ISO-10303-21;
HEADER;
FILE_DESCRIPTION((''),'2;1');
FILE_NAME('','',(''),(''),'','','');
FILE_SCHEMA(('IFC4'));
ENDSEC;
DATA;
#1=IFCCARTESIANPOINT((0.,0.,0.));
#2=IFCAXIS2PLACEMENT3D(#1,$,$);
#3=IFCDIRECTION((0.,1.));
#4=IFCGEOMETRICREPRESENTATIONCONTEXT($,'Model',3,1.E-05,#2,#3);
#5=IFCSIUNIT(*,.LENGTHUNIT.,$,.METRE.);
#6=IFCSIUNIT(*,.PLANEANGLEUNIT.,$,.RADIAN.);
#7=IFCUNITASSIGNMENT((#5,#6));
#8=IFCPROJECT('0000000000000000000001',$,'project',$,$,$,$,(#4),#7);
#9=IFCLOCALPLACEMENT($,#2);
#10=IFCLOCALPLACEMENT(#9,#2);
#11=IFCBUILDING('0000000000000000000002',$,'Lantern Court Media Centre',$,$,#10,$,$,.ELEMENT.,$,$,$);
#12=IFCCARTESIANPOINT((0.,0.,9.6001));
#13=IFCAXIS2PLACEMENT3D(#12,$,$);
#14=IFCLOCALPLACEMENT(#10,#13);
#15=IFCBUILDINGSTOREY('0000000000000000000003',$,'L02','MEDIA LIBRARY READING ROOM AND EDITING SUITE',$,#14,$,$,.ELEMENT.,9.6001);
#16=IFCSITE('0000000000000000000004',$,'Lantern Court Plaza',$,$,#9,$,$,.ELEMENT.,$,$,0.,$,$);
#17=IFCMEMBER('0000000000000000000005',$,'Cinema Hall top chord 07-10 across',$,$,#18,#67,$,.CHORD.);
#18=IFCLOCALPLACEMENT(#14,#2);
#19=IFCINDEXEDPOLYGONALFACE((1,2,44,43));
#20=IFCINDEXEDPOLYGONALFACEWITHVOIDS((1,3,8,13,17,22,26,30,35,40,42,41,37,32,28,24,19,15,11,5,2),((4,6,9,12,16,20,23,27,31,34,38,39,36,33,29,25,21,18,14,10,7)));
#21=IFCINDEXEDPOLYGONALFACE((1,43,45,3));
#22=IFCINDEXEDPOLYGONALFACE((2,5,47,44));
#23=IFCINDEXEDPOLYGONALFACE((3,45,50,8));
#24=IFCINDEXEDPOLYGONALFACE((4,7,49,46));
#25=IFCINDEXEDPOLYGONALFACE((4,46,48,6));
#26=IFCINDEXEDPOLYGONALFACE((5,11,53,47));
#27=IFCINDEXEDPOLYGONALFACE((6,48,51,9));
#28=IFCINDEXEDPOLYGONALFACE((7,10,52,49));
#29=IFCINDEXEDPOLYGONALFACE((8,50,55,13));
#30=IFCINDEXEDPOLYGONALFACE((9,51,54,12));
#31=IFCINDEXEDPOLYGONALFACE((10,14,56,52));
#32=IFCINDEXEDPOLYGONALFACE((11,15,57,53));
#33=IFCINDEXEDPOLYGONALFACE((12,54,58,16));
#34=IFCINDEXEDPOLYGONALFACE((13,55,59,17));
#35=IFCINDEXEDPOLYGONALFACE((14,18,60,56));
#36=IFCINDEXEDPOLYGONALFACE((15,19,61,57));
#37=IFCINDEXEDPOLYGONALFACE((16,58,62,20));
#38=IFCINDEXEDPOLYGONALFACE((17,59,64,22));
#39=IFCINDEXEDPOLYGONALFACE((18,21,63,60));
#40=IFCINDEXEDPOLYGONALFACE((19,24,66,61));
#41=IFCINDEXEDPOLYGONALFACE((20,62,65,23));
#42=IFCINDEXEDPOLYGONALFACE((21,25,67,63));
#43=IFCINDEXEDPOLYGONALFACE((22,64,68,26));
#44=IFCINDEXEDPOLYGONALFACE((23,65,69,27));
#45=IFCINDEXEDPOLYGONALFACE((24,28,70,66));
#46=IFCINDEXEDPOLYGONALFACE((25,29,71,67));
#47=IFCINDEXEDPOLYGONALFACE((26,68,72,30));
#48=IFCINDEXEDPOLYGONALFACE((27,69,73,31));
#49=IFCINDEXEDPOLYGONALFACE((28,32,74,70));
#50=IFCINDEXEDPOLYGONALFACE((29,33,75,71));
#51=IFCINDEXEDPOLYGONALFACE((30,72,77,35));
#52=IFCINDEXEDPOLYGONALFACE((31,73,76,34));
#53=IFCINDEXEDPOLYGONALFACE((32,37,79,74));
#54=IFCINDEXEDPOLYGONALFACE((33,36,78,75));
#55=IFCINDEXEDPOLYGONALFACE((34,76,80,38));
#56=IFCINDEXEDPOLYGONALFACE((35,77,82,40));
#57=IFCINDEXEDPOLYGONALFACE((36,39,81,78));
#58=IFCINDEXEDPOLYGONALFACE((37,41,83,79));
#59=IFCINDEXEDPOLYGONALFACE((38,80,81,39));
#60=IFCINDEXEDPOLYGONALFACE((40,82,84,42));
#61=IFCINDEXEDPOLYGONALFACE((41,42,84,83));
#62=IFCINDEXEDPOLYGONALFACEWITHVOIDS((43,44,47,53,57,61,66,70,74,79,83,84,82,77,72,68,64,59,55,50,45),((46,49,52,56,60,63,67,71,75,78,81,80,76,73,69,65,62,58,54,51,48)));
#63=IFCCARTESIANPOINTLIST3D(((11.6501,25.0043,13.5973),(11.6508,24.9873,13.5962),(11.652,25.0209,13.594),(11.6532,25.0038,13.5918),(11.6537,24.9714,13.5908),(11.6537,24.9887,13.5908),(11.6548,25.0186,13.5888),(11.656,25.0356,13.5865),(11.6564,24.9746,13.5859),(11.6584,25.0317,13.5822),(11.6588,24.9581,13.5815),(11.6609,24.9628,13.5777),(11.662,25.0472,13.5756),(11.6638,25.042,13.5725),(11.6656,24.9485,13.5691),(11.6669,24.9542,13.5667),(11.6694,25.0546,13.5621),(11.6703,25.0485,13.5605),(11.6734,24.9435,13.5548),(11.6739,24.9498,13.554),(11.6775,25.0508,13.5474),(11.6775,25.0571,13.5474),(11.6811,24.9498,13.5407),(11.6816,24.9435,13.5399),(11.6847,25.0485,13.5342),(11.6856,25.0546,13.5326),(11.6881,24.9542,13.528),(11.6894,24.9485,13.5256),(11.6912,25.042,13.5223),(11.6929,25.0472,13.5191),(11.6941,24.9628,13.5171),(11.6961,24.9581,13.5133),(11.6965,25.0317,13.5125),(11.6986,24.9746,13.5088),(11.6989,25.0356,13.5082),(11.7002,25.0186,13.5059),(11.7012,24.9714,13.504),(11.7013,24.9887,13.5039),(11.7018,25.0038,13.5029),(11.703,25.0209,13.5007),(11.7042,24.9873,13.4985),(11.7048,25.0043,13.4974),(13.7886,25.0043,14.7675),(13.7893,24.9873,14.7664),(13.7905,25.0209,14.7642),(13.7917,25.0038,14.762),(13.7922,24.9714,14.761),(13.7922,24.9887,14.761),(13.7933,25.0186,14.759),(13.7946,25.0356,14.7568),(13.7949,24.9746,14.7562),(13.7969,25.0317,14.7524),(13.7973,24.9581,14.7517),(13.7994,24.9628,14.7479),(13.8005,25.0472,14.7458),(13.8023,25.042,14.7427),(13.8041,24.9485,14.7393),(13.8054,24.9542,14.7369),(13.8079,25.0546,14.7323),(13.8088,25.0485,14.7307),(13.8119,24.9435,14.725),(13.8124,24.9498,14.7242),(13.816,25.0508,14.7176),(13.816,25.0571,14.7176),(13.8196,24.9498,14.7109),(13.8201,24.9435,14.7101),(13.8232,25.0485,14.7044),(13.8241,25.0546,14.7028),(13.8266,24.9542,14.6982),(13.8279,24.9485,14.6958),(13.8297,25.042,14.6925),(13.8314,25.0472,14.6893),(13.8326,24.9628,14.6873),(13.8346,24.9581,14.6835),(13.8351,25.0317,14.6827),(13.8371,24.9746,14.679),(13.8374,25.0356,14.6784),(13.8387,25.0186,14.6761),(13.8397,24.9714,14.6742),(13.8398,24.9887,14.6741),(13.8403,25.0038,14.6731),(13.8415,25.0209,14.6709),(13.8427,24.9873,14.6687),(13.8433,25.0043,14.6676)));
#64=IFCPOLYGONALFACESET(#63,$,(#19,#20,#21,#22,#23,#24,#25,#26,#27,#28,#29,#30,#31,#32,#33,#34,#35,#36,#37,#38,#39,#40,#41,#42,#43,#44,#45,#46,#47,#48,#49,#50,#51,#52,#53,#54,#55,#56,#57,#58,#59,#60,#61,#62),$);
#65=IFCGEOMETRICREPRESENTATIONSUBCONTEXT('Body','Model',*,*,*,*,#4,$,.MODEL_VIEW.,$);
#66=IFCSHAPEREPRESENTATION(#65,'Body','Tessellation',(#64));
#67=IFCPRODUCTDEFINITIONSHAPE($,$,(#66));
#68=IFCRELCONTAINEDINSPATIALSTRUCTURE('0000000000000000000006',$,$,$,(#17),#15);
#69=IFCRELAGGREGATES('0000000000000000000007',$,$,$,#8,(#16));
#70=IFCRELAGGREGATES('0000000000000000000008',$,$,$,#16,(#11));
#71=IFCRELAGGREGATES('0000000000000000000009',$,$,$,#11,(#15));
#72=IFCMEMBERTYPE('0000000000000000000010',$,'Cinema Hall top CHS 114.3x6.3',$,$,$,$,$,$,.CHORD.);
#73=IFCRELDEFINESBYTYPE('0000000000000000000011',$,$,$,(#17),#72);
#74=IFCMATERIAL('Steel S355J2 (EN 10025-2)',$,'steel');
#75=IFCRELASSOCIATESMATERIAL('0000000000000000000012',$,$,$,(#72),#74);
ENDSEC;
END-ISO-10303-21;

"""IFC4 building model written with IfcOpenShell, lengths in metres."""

from ifc_helpers import new_model, si_unit, direction, frame, origin, origin_2d, place, context, subcontext, project, spatial, hollow_circle, extrude, material, material_profile, profile_set, type_object, element, save


model = new_model("IFC4")

# Units and contexts
model_context = context("Model", 3, precision=1e-05, world=origin(), true_north=direction((0.0, 1.0)))
body_context = subcontext(model_context, "Body", "Model", "MODEL_VIEW")
ifc_project = project(units=[si_unit("LENGTHUNIT", "METRE"), si_unit("PLANEANGLEUNIT", "RADIAN")], contexts=[model_context])

# Site, building, storey
site_placement = place(None, origin())
site = spatial("IfcSite", under=ifc_project, at=site_placement, Name="Lantern Court Plaza", CompositionType="ELEMENT", RefElevation=0.0)
building_placement = place(site_placement, origin())
building = spatial("IfcBuilding", under=site, at=building_placement, Name="Lantern Court Media Centre", CompositionType="ELEMENT")
storey_placement = place(building_placement, frame((0.0, 0.0, 9.6001)))
storey = spatial("IfcBuildingStorey", under=building, at=storey_placement, Name="L02", Description="MEDIA LIBRARY READING ROOM AND EDITING SUITE", CompositionType="ELEMENT", Elevation=9.6001)

# Member
ifc_material = material(Name="Steel S355J2 (EN 10025-2)", Category="steel")
ifc_material_profile_1 = material_profile(ifc_material, hollow_circle(Radius=0.0571, WallThickness=0.0063, at=origin_2d()), Name="Cinema Hall top CHS 114.3x6.3")
ifc_profile_set_1 = profile_set([ifc_material_profile_1], Name="Steel S355J2 (EN 10025-2)")
member_type_1 = type_object("IfcMemberType", Name="Cinema Hall top CHS 114.3x6.3", PredefinedType="CHORD", material=ifc_profile_set_1)
member_1_placement = place(storey_placement, frame((11.6775, 25.0, 13.5474), z_axis=(0.877248, 0.0, 0.480038), x_axis=(0.0, 1.0, 0.0)))
element("IfcMember", 1, at=member_1_placement, inside=storey, type_object=member_type_1, Name="Cinema Hall top chord 07-10 across", PredefinedType="CHORD", context=body_context, shape_type="SweptSolid", body=[
    extrude(hollow_circle(Radius=0.0571, WallThickness=0.0063, at=origin_2d()), origin(), (0.0, 0.0, 1.0), 2.4377),
])

save(model, "model.ifc")
